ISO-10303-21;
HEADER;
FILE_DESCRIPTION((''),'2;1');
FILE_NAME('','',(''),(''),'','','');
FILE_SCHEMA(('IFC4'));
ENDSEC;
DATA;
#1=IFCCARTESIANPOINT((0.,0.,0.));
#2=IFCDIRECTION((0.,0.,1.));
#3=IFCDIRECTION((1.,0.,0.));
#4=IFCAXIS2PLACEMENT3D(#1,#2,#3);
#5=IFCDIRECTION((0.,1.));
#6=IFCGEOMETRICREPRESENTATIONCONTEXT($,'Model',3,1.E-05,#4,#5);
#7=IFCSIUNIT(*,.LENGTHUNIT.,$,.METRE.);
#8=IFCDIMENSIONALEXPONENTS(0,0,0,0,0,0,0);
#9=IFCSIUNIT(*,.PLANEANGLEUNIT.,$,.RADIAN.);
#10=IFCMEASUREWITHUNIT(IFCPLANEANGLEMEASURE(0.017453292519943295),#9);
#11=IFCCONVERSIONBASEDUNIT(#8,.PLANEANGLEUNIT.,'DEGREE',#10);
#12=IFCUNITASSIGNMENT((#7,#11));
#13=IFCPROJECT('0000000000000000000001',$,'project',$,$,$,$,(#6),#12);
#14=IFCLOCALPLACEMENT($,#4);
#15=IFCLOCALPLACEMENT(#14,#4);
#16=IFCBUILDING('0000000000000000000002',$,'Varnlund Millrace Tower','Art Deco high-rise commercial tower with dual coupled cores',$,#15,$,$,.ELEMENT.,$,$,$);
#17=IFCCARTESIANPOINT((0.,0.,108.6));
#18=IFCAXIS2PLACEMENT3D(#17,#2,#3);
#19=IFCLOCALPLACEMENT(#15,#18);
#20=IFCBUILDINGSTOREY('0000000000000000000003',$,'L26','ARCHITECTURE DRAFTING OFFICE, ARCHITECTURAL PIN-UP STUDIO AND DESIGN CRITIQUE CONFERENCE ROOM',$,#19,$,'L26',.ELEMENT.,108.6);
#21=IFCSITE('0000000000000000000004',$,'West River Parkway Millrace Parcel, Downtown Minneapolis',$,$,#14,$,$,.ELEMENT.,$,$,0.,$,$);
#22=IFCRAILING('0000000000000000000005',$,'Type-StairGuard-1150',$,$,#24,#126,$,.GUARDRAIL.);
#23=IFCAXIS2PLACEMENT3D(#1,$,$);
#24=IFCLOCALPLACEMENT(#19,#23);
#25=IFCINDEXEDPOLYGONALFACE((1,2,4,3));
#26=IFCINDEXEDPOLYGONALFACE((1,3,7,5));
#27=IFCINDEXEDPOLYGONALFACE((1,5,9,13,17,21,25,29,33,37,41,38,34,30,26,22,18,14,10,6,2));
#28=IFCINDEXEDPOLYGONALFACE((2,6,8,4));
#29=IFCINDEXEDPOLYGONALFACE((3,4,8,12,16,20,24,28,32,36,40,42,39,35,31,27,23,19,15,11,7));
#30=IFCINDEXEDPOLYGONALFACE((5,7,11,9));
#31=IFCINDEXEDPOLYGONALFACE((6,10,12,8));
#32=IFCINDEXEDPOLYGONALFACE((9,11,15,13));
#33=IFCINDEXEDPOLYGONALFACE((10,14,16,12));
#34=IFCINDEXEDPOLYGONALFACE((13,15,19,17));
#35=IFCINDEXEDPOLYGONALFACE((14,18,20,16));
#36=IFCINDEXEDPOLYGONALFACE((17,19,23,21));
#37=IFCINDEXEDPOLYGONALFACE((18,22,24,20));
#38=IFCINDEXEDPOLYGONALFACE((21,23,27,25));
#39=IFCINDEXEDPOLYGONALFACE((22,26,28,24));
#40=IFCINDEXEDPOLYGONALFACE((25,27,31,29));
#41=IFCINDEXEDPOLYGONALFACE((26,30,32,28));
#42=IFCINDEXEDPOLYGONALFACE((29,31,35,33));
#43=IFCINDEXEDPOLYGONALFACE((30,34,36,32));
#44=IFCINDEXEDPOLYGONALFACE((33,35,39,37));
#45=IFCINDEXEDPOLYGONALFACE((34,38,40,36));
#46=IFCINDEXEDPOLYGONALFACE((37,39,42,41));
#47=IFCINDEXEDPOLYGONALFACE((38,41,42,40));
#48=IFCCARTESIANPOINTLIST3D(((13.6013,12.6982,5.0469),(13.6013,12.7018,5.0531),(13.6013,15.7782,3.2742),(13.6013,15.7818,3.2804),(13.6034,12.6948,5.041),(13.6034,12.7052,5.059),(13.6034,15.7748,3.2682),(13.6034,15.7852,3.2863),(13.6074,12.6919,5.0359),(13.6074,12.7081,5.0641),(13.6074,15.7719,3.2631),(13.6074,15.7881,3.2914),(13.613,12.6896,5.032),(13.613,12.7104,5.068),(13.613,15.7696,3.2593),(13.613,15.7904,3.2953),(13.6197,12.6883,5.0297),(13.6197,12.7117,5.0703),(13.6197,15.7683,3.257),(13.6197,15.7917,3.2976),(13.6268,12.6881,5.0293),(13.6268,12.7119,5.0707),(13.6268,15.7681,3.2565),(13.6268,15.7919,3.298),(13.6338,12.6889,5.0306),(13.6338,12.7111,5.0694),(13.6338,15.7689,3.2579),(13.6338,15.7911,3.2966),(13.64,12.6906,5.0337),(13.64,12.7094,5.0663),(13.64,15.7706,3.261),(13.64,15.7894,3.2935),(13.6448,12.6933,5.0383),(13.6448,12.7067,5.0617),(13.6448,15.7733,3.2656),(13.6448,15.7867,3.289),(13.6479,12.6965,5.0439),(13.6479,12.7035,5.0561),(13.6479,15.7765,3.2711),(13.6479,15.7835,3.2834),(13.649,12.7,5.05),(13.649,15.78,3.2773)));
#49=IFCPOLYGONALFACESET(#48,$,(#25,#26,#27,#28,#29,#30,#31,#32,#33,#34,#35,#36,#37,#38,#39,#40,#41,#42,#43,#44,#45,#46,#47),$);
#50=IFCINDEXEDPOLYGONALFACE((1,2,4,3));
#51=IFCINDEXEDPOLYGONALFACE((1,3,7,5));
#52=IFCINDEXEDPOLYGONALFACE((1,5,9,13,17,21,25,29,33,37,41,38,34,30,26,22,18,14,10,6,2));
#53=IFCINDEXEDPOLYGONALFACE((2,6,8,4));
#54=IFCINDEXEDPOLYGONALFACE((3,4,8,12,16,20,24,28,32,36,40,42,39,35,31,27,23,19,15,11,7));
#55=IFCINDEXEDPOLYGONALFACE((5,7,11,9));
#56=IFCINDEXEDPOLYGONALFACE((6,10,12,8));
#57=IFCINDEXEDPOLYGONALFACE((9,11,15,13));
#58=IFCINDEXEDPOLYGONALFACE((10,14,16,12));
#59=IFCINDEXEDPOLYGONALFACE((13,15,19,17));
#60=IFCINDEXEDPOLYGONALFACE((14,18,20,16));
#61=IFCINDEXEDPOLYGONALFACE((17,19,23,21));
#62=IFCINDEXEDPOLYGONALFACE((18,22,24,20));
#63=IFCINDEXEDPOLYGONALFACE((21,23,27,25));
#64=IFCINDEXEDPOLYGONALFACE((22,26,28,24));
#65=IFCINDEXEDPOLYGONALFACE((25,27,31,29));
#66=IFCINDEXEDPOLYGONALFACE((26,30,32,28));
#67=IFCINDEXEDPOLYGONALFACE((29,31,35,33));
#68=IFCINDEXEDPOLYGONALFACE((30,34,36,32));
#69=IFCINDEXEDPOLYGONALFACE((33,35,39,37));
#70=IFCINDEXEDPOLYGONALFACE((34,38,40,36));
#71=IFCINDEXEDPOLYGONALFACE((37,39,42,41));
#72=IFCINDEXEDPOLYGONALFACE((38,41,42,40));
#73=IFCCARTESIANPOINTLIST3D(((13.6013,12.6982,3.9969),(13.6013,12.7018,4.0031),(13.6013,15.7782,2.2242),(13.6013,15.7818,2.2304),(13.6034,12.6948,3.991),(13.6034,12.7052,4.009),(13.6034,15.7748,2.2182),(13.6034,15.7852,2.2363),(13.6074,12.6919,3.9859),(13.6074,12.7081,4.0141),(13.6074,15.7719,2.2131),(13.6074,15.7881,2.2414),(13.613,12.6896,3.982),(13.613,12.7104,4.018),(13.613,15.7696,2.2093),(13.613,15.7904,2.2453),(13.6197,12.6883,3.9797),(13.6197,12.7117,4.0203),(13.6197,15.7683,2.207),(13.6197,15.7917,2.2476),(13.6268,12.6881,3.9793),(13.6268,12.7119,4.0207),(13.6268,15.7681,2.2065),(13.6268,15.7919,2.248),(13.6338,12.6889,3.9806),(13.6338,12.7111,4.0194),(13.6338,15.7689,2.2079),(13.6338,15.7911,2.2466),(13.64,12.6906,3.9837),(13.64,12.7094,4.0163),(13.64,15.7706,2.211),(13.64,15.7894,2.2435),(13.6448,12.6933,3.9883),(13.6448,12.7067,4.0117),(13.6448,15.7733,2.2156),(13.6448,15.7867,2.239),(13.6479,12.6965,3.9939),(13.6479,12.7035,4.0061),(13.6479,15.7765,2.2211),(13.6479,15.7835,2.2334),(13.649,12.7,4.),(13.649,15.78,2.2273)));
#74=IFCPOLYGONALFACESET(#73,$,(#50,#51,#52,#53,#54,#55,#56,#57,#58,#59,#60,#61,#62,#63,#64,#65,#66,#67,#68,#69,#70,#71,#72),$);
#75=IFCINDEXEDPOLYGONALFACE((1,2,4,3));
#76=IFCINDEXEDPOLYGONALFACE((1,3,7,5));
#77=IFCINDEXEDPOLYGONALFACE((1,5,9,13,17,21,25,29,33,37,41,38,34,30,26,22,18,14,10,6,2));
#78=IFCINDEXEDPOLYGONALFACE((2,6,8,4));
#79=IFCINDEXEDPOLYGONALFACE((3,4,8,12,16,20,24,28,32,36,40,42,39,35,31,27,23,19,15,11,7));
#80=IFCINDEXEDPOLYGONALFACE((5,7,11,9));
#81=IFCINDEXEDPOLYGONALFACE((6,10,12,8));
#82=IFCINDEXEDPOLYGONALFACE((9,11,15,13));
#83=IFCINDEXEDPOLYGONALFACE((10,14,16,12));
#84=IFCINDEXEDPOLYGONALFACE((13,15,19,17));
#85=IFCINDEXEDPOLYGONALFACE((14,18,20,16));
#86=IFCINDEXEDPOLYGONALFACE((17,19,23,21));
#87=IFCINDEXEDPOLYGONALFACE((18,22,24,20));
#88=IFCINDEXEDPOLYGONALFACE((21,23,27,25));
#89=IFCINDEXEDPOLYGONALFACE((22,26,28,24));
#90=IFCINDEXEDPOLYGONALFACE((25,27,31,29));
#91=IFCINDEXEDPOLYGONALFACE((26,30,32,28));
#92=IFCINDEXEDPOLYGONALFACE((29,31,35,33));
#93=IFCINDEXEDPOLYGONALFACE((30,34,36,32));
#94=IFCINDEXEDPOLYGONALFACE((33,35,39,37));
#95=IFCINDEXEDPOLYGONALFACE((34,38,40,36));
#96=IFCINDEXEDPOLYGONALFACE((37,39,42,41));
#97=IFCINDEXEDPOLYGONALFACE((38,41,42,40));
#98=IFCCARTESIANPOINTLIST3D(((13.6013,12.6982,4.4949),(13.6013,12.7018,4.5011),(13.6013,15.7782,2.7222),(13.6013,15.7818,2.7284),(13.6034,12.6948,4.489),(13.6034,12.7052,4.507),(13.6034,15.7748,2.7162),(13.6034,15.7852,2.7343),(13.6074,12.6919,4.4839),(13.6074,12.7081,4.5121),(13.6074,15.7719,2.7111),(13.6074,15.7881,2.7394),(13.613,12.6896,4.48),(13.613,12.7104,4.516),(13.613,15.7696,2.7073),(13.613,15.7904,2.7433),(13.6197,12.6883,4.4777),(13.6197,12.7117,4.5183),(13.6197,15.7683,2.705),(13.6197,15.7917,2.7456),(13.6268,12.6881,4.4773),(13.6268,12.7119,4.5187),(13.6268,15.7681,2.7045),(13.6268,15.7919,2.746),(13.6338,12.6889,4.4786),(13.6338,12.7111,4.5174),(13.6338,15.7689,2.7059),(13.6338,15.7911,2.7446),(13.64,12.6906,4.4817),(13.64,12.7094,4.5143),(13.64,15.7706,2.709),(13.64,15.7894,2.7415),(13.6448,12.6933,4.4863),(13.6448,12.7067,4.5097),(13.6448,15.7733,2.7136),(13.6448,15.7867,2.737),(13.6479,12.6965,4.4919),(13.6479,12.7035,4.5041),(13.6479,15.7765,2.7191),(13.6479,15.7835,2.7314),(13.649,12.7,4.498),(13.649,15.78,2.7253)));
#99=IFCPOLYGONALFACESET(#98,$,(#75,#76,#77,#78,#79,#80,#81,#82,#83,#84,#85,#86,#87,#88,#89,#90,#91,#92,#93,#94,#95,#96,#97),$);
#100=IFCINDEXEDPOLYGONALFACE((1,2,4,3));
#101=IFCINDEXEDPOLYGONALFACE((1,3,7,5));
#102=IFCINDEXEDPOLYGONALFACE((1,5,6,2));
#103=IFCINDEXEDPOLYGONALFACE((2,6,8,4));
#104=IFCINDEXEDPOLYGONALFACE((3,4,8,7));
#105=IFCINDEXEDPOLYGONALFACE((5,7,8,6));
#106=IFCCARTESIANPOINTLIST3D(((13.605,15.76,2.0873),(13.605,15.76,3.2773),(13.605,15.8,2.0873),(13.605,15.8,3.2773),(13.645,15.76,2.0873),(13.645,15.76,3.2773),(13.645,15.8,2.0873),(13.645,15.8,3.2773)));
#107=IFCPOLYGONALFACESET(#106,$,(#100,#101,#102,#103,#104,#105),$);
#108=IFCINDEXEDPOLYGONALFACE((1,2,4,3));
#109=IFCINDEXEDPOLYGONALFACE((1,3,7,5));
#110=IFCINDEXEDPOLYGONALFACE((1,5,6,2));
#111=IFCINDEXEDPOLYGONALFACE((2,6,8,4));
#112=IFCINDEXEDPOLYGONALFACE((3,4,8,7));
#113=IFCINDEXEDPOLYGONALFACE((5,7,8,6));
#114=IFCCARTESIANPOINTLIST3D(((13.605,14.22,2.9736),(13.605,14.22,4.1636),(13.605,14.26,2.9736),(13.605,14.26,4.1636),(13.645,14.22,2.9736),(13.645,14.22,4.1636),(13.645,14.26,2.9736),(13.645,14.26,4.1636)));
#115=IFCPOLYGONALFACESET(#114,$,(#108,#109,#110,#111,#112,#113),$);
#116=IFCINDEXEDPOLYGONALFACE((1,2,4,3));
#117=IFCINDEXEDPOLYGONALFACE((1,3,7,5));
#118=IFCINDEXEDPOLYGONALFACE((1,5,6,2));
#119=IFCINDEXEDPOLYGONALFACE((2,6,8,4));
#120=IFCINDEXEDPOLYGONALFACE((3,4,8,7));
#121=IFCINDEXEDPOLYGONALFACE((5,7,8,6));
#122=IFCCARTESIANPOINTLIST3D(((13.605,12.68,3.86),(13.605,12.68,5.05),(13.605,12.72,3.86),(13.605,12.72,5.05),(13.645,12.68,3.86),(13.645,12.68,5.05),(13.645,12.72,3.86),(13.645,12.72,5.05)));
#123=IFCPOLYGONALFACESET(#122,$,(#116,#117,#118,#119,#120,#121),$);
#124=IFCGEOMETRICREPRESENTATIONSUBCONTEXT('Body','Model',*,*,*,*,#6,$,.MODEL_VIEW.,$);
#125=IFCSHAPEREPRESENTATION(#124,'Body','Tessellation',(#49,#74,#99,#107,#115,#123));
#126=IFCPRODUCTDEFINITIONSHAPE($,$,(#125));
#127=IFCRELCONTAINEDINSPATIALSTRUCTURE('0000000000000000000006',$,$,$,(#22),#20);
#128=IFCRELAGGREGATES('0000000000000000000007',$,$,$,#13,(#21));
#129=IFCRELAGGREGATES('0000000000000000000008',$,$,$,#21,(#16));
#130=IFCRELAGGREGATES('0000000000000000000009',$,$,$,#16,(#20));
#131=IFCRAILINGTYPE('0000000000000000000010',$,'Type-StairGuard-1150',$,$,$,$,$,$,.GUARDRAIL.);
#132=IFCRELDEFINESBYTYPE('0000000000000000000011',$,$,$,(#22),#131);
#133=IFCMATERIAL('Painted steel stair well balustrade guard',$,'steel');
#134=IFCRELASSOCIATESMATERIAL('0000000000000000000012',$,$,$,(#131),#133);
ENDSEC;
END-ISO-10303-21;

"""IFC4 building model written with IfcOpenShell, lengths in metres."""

from ifc_helpers import new_model, entity, si_unit, converted_unit, direction, frame, origin_with_axes, origin_2d_with_axis, place, context, subcontext, project, spatial, rectangle, circle, extrude, material, type_object, element, save


model = new_model("IFC4")

# Units and contexts
model_context = context("Model", 3, precision=1e-05, world=origin_with_axes(), true_north=direction((0.0, 1.0)))
body_context = subcontext(model_context, "Body", "Model", "MODEL_VIEW")
ifc_project = project(units=[si_unit("LENGTHUNIT", "METRE"), converted_unit("PLANEANGLEUNIT", "DEGREE", entity("IfcPlaneAngleMeasure", 0.017453292519943295), si_unit("PLANEANGLEUNIT", "RADIAN"), dimensions=[0, 0, 0, 0, 0, 0, 0])], contexts=[model_context])

# Site, building, storey
site_placement = place(None, origin_with_axes())
site = spatial("IfcSite", under=ifc_project, at=site_placement, Name="West River Parkway Millrace Parcel, Downtown Minneapolis", CompositionType="ELEMENT", RefElevation=0.0)
building_placement = place(site_placement, origin_with_axes())
building = spatial("IfcBuilding", under=site, at=building_placement, Name="Varnlund Millrace Tower", Description="Art Deco high-rise commercial tower with dual coupled cores", CompositionType="ELEMENT")
storey_placement = place(building_placement, frame((0.0, 0.0, 108.6), z_axis=(0.0, 0.0, 1.0), x_axis=(1.0, 0.0, 0.0)))
storey = spatial("IfcBuildingStorey", under=building, at=storey_placement, Name="L26", Description="ARCHITECTURE DRAFTING OFFICE, ARCHITECTURAL PIN-UP STUDIO AND DESIGN CRITIQUE CONFERENCE ROOM", LongName="L26", CompositionType="ELEMENT", Elevation=108.6)

# Railing
ifc_material_1 = material(Name="Painted steel stair well balustrade guard", Category="steel")
railing_type_1 = type_object("IfcRailingType", Name="Type-StairGuard-1150", PredefinedType="GUARDRAIL", material=ifc_material_1)
railing_1_placement = place(storey_placement, frame((0.0, 0.0, -108.6), z_axis=(0.0, 0.0, 1.0), x_axis=(1.0, 0.0, 0.0)))
element("IfcRailing", 1, at=railing_1_placement, inside=storey, type_object=railing_type_1, Name="Type-StairGuard-1150", PredefinedType="GUARDRAIL", context=body_context, shape_type="SweptSolid", body=[
    extrude(circle(Radius=0.024, at=origin_2d_with_axis()), frame((13.625, 15.78, 111.8773), z_axis=(0.0, -0.866696, 0.498836), x_axis=(1.0, 0.0, 0.0)), (0.0, 0.0, 1.0), 3.5537),
    extrude(circle(Radius=0.024, at=origin_2d_with_axis()), frame((13.625, 15.78, 110.8273), z_axis=(0.0, -0.866696, 0.498836), x_axis=(1.0, 0.0, 0.0)), (0.0, 0.0, 1.0), 3.5537),
    extrude(circle(Radius=0.024, at=origin_2d_with_axis()), frame((13.625, 15.78, 111.3253), z_axis=(0.0, -0.866696, 0.498836), x_axis=(1.0, 0.0, 0.0)), (0.0, 0.0, 1.0), 3.5537),
    extrude(rectangle(XDim=0.04, YDim=0.04, at=origin_2d_with_axis()), frame((13.625, 15.78, 110.6873), z_axis=(0.0, 0.0, 1.0), x_axis=(1.0, 0.0, 0.0)), (0.0, 0.0, 1.0), 1.19),
    extrude(rectangle(XDim=0.04, YDim=0.04, at=origin_2d_with_axis()), frame((13.625, 14.24, 111.5736), z_axis=(0.0, 0.0, 1.0), x_axis=(1.0, 0.0, 0.0)), (0.0, 0.0, 1.0), 1.19),
    extrude(rectangle(XDim=0.04, YDim=0.04, at=origin_2d_with_axis()), frame((13.625, 12.7, 112.46), z_axis=(0.0, 0.0, 1.0), x_axis=(1.0, 0.0, 0.0)), (0.0, 0.0, 1.0), 1.19),
])

save(model, "model.ifc")
